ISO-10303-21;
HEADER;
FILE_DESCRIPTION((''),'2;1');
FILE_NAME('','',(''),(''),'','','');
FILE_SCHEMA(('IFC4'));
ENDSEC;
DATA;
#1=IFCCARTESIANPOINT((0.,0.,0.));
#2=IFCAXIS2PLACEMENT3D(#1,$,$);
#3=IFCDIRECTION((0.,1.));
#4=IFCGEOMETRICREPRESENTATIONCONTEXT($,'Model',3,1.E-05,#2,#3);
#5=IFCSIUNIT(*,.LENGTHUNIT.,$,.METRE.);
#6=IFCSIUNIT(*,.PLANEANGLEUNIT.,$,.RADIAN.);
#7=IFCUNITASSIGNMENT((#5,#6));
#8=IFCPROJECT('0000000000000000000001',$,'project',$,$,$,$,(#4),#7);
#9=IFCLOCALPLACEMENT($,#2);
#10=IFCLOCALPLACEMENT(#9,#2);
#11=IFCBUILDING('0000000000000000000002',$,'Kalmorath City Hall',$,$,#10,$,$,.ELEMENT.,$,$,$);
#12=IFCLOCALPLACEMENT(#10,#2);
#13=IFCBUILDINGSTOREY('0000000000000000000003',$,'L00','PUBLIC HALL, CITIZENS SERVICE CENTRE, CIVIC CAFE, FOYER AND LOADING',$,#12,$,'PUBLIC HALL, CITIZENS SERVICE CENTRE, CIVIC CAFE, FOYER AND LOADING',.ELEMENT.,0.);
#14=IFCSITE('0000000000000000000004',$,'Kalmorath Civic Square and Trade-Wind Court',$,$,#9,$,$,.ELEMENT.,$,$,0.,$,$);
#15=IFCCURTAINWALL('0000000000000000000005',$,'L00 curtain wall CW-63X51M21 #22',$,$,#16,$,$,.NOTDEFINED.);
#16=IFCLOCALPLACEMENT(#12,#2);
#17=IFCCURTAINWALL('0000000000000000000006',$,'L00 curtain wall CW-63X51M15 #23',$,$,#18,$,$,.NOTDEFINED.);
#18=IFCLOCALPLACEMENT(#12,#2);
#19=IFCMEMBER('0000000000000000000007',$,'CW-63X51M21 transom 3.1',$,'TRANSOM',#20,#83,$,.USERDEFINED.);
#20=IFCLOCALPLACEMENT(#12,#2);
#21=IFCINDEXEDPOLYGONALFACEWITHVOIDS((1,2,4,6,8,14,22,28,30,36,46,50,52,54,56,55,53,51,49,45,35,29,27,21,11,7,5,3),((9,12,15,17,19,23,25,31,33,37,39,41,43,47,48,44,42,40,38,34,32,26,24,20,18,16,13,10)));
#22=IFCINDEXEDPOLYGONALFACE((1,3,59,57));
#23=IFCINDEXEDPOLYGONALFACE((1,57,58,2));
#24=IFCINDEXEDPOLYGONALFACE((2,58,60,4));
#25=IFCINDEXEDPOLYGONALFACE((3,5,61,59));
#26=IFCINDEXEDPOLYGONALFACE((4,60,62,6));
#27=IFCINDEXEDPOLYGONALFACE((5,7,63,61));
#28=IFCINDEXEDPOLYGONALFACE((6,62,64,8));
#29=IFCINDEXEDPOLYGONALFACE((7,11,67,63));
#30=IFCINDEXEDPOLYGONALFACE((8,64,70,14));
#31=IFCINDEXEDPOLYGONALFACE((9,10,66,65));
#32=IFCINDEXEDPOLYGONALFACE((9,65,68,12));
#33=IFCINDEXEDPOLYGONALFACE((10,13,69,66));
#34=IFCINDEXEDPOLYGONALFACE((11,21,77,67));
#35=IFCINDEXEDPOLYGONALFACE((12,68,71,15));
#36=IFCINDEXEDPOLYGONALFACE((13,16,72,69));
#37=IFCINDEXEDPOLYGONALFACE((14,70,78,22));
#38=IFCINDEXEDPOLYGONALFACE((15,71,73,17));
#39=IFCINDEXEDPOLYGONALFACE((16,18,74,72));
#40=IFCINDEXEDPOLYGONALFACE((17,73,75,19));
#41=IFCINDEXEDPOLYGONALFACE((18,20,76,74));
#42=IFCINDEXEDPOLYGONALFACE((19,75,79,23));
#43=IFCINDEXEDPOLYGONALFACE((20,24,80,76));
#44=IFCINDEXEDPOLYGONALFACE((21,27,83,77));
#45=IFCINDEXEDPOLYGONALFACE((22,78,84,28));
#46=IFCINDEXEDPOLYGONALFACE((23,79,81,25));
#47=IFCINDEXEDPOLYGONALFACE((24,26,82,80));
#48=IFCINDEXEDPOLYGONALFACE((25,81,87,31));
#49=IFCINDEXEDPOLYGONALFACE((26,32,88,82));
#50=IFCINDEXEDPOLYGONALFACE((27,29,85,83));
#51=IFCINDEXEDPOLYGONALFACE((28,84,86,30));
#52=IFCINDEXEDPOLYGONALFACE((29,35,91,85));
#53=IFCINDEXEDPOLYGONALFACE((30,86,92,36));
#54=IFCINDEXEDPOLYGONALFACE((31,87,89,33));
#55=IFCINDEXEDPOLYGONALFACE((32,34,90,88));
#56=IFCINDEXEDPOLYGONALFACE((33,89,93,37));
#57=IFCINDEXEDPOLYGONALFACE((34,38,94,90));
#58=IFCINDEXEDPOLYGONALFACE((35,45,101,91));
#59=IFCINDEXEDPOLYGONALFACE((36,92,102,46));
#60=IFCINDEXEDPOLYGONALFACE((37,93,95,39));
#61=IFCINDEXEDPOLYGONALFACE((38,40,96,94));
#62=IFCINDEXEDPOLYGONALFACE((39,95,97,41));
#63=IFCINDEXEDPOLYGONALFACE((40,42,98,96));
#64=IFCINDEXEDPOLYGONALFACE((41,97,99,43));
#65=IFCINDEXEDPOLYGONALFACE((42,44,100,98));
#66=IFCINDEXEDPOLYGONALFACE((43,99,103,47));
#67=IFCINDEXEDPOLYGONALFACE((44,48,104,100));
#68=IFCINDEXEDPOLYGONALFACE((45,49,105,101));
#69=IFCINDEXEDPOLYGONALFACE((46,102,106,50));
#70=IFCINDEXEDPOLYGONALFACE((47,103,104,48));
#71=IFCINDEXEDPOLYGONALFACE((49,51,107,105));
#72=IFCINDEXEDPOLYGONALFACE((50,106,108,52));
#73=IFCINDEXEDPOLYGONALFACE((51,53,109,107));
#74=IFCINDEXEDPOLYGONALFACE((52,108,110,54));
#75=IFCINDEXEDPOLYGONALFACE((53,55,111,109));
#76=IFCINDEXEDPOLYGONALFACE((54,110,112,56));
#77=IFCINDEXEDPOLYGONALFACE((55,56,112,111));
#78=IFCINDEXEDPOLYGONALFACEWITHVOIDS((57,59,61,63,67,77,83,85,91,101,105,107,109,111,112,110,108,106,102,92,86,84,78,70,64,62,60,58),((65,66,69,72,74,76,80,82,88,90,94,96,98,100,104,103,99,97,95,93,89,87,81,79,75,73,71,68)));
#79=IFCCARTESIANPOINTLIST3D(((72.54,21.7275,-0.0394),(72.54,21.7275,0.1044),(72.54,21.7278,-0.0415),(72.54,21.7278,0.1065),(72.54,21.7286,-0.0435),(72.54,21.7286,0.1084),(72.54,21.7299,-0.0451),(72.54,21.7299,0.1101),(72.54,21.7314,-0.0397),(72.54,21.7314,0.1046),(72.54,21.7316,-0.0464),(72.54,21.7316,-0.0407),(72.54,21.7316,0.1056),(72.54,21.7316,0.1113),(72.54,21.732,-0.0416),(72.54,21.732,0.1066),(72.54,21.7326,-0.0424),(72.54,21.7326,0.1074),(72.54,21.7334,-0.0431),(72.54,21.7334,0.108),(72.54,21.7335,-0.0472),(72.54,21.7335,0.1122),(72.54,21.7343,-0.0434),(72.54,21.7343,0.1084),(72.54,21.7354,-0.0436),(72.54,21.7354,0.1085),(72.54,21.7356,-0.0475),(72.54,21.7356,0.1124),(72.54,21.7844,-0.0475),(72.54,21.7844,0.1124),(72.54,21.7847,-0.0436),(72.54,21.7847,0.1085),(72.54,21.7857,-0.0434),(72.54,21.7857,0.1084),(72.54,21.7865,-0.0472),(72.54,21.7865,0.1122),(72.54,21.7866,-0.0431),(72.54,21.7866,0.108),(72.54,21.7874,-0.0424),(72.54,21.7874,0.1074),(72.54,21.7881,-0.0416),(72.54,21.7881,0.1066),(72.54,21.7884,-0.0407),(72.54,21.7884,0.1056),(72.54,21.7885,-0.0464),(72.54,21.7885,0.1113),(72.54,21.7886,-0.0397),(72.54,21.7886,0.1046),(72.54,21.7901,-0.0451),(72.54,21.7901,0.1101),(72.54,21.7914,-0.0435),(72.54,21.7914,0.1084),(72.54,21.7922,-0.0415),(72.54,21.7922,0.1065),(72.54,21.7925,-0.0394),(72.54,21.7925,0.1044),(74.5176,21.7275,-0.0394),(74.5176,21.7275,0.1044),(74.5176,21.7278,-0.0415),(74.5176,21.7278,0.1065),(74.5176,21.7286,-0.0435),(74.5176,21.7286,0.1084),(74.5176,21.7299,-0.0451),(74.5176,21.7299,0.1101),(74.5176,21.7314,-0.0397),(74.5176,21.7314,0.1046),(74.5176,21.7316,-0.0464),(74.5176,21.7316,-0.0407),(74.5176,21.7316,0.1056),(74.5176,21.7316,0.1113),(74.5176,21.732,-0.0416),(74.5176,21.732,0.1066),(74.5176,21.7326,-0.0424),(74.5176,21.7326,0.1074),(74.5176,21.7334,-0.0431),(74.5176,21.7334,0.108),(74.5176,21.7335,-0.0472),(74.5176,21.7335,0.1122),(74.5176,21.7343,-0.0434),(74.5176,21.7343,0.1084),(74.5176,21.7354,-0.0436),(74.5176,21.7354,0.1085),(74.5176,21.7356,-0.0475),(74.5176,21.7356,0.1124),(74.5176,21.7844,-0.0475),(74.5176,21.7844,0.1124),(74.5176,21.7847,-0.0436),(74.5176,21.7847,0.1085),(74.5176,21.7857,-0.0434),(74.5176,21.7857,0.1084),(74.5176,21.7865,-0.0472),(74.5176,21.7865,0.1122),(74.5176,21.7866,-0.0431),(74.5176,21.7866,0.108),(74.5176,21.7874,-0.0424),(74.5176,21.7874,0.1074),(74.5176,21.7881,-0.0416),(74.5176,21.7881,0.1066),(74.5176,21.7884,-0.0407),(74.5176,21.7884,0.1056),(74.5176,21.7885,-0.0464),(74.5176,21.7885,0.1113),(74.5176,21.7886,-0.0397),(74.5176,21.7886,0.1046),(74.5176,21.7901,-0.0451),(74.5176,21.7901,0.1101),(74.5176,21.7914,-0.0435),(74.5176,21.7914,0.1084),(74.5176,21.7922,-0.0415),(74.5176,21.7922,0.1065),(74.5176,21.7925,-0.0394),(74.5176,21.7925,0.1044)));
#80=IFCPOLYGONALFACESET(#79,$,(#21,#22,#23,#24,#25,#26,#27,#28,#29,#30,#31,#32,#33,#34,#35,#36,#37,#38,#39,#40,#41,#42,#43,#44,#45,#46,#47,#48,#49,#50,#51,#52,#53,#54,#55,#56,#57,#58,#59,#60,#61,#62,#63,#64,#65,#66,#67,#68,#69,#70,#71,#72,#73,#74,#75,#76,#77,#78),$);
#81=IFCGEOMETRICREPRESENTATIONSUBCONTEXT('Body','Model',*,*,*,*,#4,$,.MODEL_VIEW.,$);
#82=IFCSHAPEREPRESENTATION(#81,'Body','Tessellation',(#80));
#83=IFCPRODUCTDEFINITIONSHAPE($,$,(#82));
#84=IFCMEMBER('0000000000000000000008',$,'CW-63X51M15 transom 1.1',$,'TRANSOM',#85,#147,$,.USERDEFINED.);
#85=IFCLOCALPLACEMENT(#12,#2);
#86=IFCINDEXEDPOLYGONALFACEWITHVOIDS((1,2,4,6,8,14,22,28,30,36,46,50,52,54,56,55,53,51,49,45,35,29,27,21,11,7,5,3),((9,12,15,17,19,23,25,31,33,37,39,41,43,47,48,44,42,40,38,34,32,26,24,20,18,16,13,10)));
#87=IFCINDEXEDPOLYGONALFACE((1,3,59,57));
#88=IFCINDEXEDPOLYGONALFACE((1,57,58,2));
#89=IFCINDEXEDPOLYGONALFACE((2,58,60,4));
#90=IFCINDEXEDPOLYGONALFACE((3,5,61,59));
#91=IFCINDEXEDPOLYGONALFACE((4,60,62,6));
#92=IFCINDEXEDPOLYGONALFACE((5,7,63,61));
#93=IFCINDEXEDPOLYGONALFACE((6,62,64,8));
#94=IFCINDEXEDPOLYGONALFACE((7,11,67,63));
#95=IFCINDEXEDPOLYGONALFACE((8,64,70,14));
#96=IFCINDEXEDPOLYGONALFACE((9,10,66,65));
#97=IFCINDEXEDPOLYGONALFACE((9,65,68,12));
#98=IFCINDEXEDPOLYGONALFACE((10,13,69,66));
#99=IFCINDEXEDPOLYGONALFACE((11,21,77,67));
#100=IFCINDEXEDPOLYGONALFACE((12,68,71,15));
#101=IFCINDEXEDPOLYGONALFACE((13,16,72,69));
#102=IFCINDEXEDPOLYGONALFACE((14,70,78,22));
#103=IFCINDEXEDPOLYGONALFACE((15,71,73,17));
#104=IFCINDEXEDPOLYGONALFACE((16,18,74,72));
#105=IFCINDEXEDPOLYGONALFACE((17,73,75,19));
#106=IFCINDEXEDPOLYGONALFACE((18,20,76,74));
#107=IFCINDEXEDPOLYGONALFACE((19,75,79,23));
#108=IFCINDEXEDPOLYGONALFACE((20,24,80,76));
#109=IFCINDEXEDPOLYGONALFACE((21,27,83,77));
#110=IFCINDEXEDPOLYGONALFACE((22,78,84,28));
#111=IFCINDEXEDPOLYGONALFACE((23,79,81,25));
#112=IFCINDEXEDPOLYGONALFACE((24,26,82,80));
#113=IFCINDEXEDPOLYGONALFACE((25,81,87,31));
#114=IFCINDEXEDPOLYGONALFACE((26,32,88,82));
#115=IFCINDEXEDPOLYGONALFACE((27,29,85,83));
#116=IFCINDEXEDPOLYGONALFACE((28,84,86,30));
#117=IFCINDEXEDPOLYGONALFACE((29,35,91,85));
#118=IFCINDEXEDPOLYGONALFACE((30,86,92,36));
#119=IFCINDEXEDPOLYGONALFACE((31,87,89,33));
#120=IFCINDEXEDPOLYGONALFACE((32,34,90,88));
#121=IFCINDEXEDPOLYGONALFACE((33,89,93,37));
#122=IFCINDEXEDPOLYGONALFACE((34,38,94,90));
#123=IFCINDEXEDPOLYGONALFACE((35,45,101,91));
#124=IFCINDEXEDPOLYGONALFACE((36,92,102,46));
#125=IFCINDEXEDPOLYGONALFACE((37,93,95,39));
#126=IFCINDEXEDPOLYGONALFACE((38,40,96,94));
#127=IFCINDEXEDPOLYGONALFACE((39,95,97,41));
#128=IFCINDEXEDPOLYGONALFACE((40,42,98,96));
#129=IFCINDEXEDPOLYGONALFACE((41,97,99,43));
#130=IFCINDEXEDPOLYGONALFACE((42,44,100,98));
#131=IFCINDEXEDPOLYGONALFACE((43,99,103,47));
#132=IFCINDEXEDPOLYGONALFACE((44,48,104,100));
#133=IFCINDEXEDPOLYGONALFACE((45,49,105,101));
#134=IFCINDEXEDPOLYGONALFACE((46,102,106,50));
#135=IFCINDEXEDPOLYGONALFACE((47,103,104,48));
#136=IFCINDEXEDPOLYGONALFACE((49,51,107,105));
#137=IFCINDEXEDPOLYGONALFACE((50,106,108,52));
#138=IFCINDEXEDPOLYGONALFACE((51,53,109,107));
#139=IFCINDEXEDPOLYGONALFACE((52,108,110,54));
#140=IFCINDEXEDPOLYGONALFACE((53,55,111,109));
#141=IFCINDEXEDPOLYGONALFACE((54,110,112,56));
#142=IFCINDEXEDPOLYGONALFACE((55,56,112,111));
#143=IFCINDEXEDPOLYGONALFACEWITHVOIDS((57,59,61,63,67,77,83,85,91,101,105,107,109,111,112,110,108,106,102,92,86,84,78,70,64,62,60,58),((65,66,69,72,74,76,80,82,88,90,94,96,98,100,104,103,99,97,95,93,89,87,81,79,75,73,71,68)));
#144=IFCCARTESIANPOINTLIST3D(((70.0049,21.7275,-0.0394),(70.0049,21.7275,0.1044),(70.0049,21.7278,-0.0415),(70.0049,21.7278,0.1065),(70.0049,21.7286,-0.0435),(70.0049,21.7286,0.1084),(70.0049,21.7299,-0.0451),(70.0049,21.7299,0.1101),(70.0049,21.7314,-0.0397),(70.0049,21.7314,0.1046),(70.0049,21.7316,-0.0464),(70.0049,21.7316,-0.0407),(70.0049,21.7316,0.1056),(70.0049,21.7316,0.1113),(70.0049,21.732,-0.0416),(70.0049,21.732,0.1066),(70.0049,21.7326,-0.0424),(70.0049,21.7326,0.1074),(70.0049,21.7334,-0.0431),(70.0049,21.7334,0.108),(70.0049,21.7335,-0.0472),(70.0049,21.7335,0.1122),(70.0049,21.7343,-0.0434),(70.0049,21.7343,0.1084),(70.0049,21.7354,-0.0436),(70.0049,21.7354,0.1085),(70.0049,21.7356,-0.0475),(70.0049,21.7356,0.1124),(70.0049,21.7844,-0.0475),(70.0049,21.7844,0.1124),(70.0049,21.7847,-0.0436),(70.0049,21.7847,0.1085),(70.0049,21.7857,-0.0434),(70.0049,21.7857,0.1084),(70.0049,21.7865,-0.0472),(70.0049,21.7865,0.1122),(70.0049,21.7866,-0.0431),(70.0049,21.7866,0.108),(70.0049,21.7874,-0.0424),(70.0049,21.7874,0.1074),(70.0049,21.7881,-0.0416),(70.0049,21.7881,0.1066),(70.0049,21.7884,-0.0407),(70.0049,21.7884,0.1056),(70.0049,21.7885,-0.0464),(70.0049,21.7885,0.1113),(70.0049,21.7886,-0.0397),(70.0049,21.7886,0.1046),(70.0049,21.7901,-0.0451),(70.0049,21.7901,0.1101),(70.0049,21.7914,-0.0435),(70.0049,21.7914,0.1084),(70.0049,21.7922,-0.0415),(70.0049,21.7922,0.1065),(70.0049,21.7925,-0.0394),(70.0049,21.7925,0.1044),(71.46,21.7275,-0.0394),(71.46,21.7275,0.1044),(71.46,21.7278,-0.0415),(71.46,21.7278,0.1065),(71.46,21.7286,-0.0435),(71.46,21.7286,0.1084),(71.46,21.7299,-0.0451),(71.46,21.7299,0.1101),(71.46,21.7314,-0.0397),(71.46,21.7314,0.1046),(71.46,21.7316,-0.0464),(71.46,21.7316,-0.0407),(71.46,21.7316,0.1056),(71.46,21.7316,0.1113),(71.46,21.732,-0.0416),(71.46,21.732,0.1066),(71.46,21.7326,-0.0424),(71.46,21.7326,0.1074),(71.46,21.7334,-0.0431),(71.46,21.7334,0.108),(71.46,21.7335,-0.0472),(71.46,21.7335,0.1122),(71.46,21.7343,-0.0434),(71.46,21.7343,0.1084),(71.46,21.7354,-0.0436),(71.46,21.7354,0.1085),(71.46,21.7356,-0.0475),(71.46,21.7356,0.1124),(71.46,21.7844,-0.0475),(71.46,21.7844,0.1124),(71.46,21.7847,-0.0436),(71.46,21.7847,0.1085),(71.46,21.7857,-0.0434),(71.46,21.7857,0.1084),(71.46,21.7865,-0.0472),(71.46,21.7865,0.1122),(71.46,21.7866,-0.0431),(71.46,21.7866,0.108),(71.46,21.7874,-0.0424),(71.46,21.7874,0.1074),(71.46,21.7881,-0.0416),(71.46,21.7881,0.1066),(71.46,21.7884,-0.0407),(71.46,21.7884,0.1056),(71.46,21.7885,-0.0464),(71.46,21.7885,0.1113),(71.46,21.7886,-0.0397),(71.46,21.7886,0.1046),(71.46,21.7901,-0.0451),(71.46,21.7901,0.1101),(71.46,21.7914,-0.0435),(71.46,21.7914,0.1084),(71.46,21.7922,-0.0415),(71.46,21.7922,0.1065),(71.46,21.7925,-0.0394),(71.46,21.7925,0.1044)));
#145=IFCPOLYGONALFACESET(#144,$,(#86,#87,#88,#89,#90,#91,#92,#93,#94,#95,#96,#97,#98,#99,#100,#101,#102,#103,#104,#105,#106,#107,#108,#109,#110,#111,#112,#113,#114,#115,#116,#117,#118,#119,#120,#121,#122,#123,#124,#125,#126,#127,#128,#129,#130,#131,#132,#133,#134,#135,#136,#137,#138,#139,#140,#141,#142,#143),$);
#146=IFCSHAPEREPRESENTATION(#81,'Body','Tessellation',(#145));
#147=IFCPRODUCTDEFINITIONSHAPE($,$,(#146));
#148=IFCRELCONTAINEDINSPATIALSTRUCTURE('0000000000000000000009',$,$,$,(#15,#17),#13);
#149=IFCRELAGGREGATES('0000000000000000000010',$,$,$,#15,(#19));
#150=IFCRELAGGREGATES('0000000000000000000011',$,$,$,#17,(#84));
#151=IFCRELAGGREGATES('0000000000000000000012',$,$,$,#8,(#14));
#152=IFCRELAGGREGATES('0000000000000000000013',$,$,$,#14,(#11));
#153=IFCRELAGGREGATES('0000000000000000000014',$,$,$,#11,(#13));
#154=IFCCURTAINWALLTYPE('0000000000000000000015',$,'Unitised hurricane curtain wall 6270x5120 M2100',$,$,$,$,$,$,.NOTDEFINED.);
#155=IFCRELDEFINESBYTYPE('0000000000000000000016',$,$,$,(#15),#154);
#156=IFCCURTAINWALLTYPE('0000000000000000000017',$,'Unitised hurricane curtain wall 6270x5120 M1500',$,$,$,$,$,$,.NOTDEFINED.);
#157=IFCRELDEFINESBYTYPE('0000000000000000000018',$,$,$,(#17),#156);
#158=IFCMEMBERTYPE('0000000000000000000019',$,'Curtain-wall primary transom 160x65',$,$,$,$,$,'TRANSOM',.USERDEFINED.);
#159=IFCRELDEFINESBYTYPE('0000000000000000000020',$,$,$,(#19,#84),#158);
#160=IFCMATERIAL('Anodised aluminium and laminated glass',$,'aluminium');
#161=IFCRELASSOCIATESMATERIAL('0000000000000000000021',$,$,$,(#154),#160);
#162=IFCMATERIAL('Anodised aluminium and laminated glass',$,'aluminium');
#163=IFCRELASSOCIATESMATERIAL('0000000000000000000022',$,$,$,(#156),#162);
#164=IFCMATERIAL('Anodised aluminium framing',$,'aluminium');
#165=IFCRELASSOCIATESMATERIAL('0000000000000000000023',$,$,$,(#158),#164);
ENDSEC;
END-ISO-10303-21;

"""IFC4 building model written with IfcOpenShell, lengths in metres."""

from ifc_helpers import new_model, si_unit, direction, frame, origin, origin_2d, place, context, subcontext, project, spatial, hollow_rectangle, extrude, material, material_profile, profile_set, type_object, element, aggregate, save


model = new_model("IFC4")

# Units and contexts
model_context = context("Model", 3, precision=1e-05, world=origin(), true_north=direction((0.0, 1.0)))
body_context = subcontext(model_context, "Body", "Model", "MODEL_VIEW")
ifc_project = project(units=[si_unit("LENGTHUNIT", "METRE"), si_unit("PLANEANGLEUNIT", "RADIAN")], contexts=[model_context])

# Site, building, storey
site_placement = place(None, origin())
site = spatial("IfcSite", under=ifc_project, at=site_placement, Name="Kalmorath Civic Square and Trade-Wind Court", CompositionType="ELEMENT", RefElevation=0.0)
building_placement = place(site_placement, origin())
building = spatial("IfcBuilding", under=site, at=building_placement, Name="Kalmorath City Hall", CompositionType="ELEMENT")
storey_placement = place(building_placement, origin())
storey = spatial("IfcBuildingStorey", under=building, at=storey_placement, Name="L00", Description="PUBLIC HALL, CITIZENS SERVICE CENTRE, CIVIC CAFE, FOYER AND LOADING", LongName="PUBLIC HALL, CITIZENS SERVICE CENTRE, CIVIC CAFE, FOYER AND LOADING", CompositionType="ELEMENT", Elevation=0.0)

# Curtain wall
ifc_material_1 = material(Name="Anodised aluminium and laminated glass", Category="aluminium")
curtain_wall_type_1 = type_object("IfcCurtainWallType", Name="Unitised hurricane curtain wall 6270x5120 M2100", PredefinedType="NOTDEFINED", material=ifc_material_1)
curtain_wall_1_placement = place(storey_placement, origin())
curtain_wall_1 = element("IfcCurtainWall", 1, at=curtain_wall_1_placement, inside=storey, type_object=curtain_wall_type_1, Name="L00 curtain wall CW-63X51M21 #22", PredefinedType="NOTDEFINED")

# Curtain wall
ifc_material_2 = material(Name="Anodised aluminium and laminated glass", Category="aluminium")
curtain_wall_type_2 = type_object("IfcCurtainWallType", Name="Unitised hurricane curtain wall 6270x5120 M1500", PredefinedType="NOTDEFINED", material=ifc_material_2)
curtain_wall_2_placement = place(storey_placement, origin())
curtain_wall_2 = element("IfcCurtainWall", 2, at=curtain_wall_2_placement, inside=storey, type_object=curtain_wall_type_2, Name="L00 curtain wall CW-63X51M15 #23", PredefinedType="NOTDEFINED")

# Members
ifc_material_3 = material(Name="Anodised aluminium framing", Category="aluminium")
ifc_material_profile_1 = material_profile(ifc_material_3, hollow_rectangle(XDim=0.0649, YDim=0.1599, WallThickness=0.0039, InnerFilletRadius=0.0039, OuterFilletRadius=0.0081, at=origin_2d()), Name="ALU-TRN-160X65X4")
ifc_profile_set_1 = profile_set([ifc_material_profile_1], Name="Anodised aluminium framing")
member_type_1 = type_object("IfcMemberType", Name="Curtain-wall primary transom 160x65", ElementType="TRANSOM", PredefinedType="USERDEFINED", material=ifc_profile_set_1)
member_1_placement = place(storey_placement, frame((74.5176, 21.76, 0.0325), z_axis=(-1.0, 0.0, 0.0), x_axis=(0.0, -1.0, 0.0)))
member_1 = element("IfcMember", 3, at=member_1_placement, type_object=member_type_1, Name="CW-63X51M21 transom 3.1", ObjectType="TRANSOM", PredefinedType="USERDEFINED", context=body_context, shape_type="SweptSolid", body=[
    extrude(hollow_rectangle(XDim=0.0649, YDim=0.1599, WallThickness=0.0039, InnerFilletRadius=0.0039, OuterFilletRadius=0.0081, at=origin_2d()), origin(), (0.0, 0.0, 1.0), 1.9775),
])
member_2_placement = place(storey_placement, frame((71.46, 21.76, 0.0325), z_axis=(-1.0, 0.0, 0.0), x_axis=(0.0, -1.0, 0.0)))
member_2 = element("IfcMember", 4, at=member_2_placement, type_object=member_type_1, Name="CW-63X51M15 transom 1.1", ObjectType="TRANSOM", PredefinedType="USERDEFINED", context=body_context, shape_type="SweptSolid", body=[
    extrude(hollow_rectangle(XDim=0.0649, YDim=0.1599, WallThickness=0.0039, InnerFilletRadius=0.0039, OuterFilletRadius=0.0081, at=origin_2d()), origin(), (0.0, 0.0, 1.0), 1.4551),
])

aggregate(curtain_wall_1, [member_1])
aggregate(curtain_wall_2, [member_2])

save(model, "model.ifc")
